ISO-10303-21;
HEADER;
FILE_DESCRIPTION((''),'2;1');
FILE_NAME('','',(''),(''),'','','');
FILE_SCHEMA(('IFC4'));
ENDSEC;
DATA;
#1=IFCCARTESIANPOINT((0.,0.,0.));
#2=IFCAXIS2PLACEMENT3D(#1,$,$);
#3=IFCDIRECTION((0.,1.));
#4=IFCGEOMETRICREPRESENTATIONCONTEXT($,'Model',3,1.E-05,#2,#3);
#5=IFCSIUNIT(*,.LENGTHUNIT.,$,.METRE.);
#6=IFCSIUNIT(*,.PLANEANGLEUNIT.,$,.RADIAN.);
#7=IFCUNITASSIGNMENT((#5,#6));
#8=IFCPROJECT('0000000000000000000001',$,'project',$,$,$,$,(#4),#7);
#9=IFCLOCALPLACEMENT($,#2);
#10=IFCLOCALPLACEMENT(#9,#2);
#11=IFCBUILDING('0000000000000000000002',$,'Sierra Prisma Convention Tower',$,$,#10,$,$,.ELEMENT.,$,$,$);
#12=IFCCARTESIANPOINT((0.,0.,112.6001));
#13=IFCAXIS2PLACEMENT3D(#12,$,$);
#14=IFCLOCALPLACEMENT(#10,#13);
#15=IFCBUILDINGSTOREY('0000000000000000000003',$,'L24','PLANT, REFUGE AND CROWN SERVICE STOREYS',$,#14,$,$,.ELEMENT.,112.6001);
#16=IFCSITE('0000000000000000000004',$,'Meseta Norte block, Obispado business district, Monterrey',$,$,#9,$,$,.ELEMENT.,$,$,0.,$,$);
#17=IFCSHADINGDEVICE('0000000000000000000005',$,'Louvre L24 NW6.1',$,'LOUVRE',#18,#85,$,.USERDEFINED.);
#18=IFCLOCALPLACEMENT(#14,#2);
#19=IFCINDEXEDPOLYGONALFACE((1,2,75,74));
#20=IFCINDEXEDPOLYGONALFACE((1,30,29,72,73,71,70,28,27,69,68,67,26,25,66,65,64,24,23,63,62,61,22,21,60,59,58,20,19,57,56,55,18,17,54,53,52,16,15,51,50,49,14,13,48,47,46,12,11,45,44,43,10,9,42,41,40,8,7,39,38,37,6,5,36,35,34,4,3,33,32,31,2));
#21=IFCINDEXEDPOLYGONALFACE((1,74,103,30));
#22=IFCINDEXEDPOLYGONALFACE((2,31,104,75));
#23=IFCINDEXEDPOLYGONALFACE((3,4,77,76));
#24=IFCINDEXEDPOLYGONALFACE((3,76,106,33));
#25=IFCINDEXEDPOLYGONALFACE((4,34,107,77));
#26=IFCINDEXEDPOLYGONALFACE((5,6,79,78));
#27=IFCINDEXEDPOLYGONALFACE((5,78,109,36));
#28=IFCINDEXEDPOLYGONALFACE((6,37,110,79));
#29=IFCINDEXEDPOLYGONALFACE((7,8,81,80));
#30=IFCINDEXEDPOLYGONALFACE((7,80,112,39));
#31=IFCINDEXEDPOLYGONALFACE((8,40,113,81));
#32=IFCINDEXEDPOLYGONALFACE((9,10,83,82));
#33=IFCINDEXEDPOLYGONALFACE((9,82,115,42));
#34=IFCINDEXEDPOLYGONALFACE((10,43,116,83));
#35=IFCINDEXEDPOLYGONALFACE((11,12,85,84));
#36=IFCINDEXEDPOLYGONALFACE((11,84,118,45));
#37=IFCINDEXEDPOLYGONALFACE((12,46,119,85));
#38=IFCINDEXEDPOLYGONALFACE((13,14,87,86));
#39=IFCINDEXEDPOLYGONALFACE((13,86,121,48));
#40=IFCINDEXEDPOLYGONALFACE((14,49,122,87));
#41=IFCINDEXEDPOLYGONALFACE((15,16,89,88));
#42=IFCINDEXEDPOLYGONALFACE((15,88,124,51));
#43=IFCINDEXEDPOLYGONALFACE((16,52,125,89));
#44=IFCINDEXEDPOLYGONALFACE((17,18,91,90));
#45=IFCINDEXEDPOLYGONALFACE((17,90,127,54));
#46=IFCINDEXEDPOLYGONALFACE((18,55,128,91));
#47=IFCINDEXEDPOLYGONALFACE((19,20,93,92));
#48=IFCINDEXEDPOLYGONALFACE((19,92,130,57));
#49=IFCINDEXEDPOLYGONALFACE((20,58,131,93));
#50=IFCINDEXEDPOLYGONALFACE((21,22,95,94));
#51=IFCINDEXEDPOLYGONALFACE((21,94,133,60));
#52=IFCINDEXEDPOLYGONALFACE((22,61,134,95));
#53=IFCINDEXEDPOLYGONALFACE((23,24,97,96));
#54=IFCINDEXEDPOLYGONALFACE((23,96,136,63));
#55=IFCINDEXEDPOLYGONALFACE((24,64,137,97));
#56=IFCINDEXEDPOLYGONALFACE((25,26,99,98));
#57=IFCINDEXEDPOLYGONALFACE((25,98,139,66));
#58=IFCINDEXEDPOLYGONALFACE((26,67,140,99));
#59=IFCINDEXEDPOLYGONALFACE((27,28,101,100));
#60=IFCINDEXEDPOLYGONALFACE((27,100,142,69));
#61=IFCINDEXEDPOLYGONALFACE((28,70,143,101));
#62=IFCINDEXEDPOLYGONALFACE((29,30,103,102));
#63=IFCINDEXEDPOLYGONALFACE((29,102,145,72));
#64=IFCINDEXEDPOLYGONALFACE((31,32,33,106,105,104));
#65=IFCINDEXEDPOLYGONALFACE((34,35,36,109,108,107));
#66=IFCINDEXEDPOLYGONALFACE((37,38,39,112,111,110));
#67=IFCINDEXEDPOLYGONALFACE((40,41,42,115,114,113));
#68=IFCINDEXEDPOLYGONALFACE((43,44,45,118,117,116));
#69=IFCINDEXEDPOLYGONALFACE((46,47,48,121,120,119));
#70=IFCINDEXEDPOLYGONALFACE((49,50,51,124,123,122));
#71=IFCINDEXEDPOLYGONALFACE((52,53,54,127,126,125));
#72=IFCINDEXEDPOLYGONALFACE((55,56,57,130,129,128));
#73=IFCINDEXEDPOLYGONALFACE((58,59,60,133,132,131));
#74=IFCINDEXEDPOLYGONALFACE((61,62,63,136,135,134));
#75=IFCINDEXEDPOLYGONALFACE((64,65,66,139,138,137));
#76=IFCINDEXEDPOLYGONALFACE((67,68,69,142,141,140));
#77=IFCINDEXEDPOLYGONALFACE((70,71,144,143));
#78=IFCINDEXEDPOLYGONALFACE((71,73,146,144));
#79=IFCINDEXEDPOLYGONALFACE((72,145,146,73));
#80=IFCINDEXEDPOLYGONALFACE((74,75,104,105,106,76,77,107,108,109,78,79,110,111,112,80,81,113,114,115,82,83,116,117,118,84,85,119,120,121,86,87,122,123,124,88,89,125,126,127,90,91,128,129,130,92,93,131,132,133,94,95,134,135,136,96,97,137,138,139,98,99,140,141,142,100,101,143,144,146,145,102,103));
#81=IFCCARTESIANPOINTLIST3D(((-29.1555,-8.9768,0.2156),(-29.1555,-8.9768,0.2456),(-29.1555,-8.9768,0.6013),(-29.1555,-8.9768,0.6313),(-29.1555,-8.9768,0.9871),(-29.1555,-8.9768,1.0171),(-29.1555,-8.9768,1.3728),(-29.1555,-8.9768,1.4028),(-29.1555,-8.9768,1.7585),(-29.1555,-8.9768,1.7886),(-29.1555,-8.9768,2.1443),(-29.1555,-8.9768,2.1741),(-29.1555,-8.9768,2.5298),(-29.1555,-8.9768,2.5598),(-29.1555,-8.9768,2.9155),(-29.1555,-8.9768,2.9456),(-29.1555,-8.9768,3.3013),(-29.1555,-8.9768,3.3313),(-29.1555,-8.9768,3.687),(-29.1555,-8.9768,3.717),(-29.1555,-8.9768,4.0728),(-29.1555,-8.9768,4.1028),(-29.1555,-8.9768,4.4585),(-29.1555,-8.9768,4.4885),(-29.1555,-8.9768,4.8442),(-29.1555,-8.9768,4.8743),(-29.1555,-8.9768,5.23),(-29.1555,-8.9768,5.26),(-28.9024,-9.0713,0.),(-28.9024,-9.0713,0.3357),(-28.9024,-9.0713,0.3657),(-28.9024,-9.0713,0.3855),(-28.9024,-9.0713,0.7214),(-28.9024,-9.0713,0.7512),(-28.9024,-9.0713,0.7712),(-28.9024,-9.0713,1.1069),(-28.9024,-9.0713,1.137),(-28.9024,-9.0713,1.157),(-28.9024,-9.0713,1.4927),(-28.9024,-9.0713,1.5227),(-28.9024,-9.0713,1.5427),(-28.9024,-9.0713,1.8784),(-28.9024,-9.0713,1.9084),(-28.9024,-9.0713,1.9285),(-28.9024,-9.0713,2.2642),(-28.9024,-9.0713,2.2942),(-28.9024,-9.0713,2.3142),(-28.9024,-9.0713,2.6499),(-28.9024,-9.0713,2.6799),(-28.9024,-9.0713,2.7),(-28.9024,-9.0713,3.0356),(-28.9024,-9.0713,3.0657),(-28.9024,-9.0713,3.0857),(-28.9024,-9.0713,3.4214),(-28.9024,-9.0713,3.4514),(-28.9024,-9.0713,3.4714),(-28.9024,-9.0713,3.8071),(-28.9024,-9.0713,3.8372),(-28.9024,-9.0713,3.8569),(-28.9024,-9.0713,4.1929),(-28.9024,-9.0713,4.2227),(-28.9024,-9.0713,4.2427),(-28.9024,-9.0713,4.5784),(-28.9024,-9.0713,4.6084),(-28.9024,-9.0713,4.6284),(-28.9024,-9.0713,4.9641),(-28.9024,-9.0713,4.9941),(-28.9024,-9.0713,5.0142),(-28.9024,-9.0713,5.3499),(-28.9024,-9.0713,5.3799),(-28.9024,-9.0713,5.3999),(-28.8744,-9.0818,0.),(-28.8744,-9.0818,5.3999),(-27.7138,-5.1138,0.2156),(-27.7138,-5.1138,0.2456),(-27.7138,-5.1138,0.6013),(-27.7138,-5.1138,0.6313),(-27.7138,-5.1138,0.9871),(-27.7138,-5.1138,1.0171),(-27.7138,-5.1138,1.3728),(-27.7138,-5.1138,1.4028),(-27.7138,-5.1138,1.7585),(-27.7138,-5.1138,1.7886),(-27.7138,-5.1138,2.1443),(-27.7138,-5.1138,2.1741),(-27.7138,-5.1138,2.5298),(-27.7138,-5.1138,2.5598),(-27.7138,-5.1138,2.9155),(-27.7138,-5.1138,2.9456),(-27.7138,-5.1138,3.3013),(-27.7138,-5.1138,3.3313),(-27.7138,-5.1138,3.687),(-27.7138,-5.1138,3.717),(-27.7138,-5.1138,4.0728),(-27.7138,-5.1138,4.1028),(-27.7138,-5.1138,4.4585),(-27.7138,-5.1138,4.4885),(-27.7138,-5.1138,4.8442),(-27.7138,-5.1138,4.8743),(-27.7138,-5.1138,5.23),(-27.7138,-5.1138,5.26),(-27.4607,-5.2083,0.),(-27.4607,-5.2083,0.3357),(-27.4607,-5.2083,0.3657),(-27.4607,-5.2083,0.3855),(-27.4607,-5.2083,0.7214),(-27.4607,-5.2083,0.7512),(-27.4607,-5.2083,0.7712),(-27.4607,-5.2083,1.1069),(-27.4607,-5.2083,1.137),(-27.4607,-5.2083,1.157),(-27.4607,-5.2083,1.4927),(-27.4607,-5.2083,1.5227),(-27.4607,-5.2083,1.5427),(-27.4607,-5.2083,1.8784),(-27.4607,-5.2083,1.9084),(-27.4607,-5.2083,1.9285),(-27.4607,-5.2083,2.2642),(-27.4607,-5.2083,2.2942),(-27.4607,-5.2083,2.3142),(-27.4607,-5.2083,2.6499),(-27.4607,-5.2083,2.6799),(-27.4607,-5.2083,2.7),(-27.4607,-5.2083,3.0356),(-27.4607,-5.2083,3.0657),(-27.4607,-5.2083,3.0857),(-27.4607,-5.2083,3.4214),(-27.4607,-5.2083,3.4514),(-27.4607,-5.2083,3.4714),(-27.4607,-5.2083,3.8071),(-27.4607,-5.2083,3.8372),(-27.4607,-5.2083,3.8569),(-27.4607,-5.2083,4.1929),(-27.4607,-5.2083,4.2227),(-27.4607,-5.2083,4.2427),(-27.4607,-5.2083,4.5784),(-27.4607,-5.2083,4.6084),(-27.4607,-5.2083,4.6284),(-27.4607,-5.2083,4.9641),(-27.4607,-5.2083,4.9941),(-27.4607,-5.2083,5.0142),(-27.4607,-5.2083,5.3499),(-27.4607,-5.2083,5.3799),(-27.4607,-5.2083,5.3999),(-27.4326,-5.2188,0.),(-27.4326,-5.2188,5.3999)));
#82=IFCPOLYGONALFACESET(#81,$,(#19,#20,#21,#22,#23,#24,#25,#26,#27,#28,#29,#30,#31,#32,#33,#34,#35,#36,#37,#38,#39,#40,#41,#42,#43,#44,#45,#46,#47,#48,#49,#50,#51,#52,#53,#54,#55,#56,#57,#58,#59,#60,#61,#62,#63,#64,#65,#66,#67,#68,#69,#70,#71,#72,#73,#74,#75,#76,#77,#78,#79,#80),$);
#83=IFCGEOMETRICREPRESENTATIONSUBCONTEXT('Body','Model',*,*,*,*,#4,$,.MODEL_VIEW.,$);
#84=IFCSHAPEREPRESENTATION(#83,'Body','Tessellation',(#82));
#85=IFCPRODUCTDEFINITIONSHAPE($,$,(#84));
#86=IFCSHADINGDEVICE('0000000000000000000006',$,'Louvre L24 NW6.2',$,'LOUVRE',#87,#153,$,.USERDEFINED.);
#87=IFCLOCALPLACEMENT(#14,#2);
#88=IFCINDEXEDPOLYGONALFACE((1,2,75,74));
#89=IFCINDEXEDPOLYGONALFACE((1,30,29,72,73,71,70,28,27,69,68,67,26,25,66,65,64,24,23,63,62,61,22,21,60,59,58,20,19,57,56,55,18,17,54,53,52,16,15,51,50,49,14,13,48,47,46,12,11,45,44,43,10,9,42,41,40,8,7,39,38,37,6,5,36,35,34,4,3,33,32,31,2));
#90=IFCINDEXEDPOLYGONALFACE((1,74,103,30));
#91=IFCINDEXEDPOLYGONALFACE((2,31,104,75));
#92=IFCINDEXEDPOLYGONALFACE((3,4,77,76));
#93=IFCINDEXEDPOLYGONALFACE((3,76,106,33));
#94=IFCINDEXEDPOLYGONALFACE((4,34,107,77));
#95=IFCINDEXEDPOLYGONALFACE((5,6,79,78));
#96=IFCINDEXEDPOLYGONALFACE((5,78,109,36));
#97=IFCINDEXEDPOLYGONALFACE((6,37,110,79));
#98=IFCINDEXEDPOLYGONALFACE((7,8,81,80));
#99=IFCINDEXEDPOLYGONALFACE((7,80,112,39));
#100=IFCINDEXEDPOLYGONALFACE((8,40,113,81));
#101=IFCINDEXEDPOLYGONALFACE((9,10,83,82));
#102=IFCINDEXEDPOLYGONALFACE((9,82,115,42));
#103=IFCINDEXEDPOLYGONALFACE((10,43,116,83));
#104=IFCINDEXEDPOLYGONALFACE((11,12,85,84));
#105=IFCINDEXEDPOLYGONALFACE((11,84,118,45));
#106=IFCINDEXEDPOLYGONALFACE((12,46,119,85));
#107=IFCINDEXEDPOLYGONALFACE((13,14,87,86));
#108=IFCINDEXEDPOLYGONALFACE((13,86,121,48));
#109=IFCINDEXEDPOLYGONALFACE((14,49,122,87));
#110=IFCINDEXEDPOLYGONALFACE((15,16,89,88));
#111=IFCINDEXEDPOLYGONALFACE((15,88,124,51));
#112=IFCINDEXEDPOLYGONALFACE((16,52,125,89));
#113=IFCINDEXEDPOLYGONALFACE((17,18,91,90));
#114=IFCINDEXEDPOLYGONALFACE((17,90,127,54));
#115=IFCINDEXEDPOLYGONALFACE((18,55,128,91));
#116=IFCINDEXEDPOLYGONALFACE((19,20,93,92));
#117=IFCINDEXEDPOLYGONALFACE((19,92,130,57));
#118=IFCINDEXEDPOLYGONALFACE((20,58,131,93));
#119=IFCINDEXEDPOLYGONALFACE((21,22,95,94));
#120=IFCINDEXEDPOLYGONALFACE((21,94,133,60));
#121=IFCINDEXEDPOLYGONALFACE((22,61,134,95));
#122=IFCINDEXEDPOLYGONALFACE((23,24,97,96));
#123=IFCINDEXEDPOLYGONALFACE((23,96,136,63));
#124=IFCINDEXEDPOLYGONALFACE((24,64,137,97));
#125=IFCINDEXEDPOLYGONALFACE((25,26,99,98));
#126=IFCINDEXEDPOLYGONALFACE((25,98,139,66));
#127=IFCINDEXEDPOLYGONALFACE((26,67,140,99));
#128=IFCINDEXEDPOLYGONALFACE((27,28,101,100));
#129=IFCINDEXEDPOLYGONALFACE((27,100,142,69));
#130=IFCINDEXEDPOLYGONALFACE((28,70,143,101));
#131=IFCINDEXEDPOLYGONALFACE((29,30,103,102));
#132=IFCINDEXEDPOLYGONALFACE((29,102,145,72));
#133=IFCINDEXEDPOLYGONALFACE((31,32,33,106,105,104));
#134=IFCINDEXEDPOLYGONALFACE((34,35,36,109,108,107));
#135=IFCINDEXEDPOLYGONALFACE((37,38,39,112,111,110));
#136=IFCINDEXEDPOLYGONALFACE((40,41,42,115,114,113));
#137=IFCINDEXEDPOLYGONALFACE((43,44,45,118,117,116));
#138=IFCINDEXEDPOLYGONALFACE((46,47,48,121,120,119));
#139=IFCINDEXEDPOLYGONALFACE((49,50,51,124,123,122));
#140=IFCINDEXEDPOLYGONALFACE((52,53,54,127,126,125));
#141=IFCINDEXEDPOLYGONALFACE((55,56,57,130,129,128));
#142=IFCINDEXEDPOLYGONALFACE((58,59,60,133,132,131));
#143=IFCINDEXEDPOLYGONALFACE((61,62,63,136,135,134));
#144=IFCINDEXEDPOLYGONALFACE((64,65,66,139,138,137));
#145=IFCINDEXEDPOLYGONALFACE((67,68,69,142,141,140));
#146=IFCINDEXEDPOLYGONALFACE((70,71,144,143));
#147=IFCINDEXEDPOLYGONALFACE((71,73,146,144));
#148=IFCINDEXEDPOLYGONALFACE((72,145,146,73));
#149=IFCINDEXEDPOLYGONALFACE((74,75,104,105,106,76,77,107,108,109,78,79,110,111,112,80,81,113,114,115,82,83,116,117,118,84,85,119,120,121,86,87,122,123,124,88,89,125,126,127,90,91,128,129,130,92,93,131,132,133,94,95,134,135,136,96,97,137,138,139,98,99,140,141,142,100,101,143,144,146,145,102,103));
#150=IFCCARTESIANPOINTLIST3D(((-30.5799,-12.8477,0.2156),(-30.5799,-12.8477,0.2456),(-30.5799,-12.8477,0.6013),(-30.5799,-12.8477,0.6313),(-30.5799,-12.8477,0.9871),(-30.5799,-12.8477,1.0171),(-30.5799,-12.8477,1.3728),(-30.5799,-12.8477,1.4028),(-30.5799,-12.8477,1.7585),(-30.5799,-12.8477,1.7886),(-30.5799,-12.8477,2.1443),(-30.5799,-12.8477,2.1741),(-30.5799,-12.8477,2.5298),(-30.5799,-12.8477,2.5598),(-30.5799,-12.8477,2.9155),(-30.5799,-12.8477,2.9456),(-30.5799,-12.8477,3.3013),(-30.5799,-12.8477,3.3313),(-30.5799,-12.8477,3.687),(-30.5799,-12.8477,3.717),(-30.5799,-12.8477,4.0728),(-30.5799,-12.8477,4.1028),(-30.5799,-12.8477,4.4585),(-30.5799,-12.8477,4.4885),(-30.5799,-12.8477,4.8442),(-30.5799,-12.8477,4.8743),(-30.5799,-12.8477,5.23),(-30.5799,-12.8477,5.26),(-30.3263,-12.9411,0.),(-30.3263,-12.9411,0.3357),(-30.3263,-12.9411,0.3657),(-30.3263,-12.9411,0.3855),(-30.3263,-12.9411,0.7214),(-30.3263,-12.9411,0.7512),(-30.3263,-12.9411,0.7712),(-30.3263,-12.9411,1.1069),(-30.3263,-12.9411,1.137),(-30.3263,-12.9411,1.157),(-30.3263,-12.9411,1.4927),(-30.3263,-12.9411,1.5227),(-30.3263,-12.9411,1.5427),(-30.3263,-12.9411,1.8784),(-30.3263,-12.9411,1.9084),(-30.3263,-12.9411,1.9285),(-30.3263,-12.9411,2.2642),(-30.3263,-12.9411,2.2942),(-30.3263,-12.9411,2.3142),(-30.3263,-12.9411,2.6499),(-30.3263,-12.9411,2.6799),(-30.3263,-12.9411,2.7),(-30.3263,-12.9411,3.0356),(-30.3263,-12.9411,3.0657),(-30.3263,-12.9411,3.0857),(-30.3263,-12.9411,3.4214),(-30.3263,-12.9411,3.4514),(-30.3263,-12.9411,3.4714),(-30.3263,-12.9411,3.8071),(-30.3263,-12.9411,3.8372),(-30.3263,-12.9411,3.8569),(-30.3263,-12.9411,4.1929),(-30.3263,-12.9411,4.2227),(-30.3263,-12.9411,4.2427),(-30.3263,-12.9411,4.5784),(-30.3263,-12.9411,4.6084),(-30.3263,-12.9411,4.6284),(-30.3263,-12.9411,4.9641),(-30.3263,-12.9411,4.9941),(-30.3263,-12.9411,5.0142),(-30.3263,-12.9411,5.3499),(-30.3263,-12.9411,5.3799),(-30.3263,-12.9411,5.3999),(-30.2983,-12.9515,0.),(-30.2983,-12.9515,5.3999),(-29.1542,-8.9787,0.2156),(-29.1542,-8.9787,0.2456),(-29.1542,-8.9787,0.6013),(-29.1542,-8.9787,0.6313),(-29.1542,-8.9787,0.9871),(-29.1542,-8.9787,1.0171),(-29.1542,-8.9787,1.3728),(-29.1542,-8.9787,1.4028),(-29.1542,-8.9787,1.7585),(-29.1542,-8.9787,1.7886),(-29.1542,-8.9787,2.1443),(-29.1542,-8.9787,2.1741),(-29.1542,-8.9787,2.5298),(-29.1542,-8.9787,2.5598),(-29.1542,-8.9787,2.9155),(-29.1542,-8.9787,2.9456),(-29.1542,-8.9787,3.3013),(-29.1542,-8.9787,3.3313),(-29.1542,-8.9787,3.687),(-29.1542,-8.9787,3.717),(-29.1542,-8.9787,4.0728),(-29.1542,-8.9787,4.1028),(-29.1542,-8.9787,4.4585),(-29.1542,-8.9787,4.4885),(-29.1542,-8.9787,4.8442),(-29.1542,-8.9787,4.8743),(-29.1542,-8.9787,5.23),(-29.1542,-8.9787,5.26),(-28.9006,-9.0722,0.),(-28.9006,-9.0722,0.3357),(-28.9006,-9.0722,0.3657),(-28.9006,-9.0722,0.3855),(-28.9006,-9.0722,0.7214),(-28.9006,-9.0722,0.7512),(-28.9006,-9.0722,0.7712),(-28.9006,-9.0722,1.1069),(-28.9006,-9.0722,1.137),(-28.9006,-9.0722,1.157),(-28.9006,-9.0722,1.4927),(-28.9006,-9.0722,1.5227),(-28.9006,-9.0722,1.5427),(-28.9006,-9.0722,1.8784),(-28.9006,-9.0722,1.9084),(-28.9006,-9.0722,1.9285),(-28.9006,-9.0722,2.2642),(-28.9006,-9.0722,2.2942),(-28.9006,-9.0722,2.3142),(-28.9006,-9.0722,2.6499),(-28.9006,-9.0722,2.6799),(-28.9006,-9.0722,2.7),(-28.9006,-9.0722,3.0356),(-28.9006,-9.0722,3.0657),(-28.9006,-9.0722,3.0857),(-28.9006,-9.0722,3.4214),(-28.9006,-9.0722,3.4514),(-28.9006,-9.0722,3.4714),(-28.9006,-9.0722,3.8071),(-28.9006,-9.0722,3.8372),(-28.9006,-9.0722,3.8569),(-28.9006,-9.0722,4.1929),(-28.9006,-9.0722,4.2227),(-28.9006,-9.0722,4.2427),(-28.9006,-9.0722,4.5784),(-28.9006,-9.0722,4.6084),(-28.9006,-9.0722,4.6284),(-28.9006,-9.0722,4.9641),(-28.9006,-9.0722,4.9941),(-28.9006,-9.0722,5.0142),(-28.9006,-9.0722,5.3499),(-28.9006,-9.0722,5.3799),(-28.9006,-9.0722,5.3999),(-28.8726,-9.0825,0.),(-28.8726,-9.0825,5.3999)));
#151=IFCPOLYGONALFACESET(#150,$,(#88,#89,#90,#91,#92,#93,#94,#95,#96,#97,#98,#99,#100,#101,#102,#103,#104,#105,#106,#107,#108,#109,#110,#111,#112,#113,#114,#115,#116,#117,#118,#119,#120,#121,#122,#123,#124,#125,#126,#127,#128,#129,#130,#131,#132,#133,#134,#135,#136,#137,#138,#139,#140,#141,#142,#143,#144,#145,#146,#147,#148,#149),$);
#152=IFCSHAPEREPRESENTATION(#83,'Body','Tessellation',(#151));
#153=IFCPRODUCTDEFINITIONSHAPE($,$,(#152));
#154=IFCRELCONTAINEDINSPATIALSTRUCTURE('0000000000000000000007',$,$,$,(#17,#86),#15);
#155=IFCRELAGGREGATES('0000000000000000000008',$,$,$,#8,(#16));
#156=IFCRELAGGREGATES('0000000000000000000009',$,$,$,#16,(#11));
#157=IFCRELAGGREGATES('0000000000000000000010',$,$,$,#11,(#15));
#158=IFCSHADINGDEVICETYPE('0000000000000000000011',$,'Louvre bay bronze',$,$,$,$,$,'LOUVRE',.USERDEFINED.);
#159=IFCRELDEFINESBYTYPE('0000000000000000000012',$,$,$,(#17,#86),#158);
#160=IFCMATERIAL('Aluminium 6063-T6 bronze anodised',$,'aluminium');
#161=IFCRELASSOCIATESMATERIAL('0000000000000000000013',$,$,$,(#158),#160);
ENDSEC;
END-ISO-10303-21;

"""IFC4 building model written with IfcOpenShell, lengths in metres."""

from ifc_helpers import new_model, si_unit, direction, frame, origin, place, context, subcontext, project, spatial, polyline, outline, extrude, material, type_object, element, save


model = new_model("IFC4")

# Units and contexts
model_context = context("Model", 3, precision=1e-05, world=origin(), true_north=direction((0.0, 1.0)))
body_context = subcontext(model_context, "Body", "Model", "MODEL_VIEW")
ifc_project = project(units=[si_unit("LENGTHUNIT", "METRE"), si_unit("PLANEANGLEUNIT", "RADIAN")], contexts=[model_context])

# Site, building, storey
site_placement = place(None, origin())
site = spatial("IfcSite", under=ifc_project, at=site_placement, Name="Meseta Norte block, Obispado business district, Monterrey", CompositionType="ELEMENT", RefElevation=0.0)
building_placement = place(site_placement, origin())
building = spatial("IfcBuilding", under=site, at=building_placement, Name="Sierra Prisma Convention Tower", CompositionType="ELEMENT")
storey_placement = place(building_placement, frame((0.0, 0.0, 112.6001)))
storey = spatial("IfcBuildingStorey", under=building, at=storey_placement, Name="L24", Description="PLANT, REFUGE AND CROWN SERVICE STOREYS", CompositionType="ELEMENT", Elevation=112.6001)

# Shading devices
ifc_material_1 = material(Name="Aluminium 6063-T6 bronze anodised", Category="aluminium")
shading_device_type = type_object("IfcShadingDeviceType", Name="Louvre bay bronze", ElementType="LOUVRE", PredefinedType="USERDEFINED", material=ifc_material_1)
shading_device_1_placement = place(storey_placement, frame((-27.4326, -5.2188, 0.0), z_axis=(0.349659, 0.936877, 0.0), x_axis=(0.0, 0.0, 1.0)))
element("IfcShadingDevice", 1, at=shading_device_1_placement, inside=storey, type_object=shading_device_type, Name="Louvre L24 NW6.1", ObjectType="LOUVRE", PredefinedType="USERDEFINED", context=body_context, shape_type="SweptSolid", body=[
    extrude(outline(polyline([(0.0, 0.0), (5.3999, 0.0), (5.3999, -0.03), (5.3799, -0.03), (5.26, -0.3001), (5.23, -0.3001), (5.3499, -0.03), (5.0142, -0.03), (4.9941, -0.03), (4.8743, -0.3001), (4.8442, -0.3001), (4.9641, -0.03), (4.6284, -0.03), (4.6084, -0.03), (4.4885, -0.3001), (4.4585, -0.3001), (4.5784, -0.03), (4.2427, -0.03), (4.2227, -0.03), (4.1028, -0.3001), (4.0728, -0.3001), (4.1929, -0.03), (3.8569, -0.03), (3.8372, -0.03), (3.717, -0.3001), (3.687, -0.3001), (3.8071, -0.03), (3.4714, -0.03), (3.4514, -0.03), (3.3313, -0.3001), (3.3013, -0.3001), (3.4214, -0.03), (3.0857, -0.03), (3.0657, -0.03), (2.9456, -0.3001), (2.9155, -0.3001), (3.0356, -0.03), (2.7, -0.03), (2.6799, -0.03), (2.5598, -0.3001), (2.5298, -0.3001), (2.6499, -0.03), (2.3142, -0.03), (2.2942, -0.03), (2.1741, -0.3001), (2.1443, -0.3001), (2.2642, -0.03), (1.9285, -0.03), (1.9084, -0.03), (1.7886, -0.3001), (1.7585, -0.3001), (1.8784, -0.03), (1.5427, -0.03), (1.5227, -0.03), (1.4028, -0.3001), (1.3728, -0.3001), (1.4927, -0.03), (1.157, -0.03), (1.137, -0.03), (1.0171, -0.3001), (0.9871, -0.3001), (1.1069, -0.03), (0.7712, -0.03), (0.7512, -0.03), (0.6313, -0.3001), (0.6013, -0.3001), (0.7214, -0.03), (0.3855, -0.03), (0.3657, -0.03), (0.2456, -0.3001), (0.2156, -0.3001), (0.3357, -0.03), (0.0, -0.03), (0.0, 0.0)])), origin(), (0.0, 0.0, -1.0), 4.1233),
])
shading_device_2_placement = place(storey_placement, frame((-28.8726, -9.0825, 0.0), z_axis=(0.345775, 0.938318, 0.0), x_axis=(0.0, 0.0, 1.0)))
element("IfcShadingDevice", 2, at=shading_device_2_placement, inside=storey, type_object=shading_device_type, Name="Louvre L24 NW6.2", ObjectType="LOUVRE", PredefinedType="USERDEFINED", context=body_context, shape_type="SweptSolid", body=[
    extrude(outline(polyline([(0.0, 0.0), (5.3999, 0.0), (5.3999, -0.0299), (5.3799, -0.0299), (5.26, -0.3001), (5.23, -0.3001), (5.3499, -0.0299), (5.0142, -0.0299), (4.9941, -0.0299), (4.8743, -0.3001), (4.8442, -0.3001), (4.9641, -0.0299), (4.6284, -0.0299), (4.6084, -0.0299), (4.4885, -0.3001), (4.4585, -0.3001), (4.5784, -0.0299), (4.2427, -0.0299), (4.2227, -0.0299), (4.1028, -0.3001), (4.0728, -0.3001), (4.1929, -0.0299), (3.8569, -0.0299), (3.8372, -0.0299), (3.717, -0.3001), (3.687, -0.3001), (3.8071, -0.0299), (3.4714, -0.0299), (3.4514, -0.0299), (3.3313, -0.3001), (3.3013, -0.3001), (3.4214, -0.0299), (3.0857, -0.0299), (3.0657, -0.0299), (2.9456, -0.3001), (2.9155, -0.3001), (3.0356, -0.0299), (2.7, -0.0299), (2.6799, -0.0299), (2.5598, -0.3001), (2.5298, -0.3001), (2.6499, -0.0299), (2.3142, -0.0299), (2.2942, -0.0299), (2.1741, -0.3001), (2.1443, -0.3001), (2.2642, -0.0299), (1.9285, -0.0299), (1.9084, -0.0299), (1.7886, -0.3001), (1.7585, -0.3001), (1.8784, -0.0299), (1.5427, -0.0299), (1.5227, -0.0299), (1.4028, -0.3001), (1.3728, -0.3001), (1.4927, -0.0299), (1.157, -0.0299), (1.137, -0.0299), (1.0171, -0.3001), (0.9871, -0.3001), (1.1069, -0.0299), (0.7712, -0.0299), (0.7512, -0.0299), (0.6313, -0.3001), (0.6013, -0.3001), (0.7214, -0.0299), (0.3855, -0.0299), (0.3657, -0.0299), (0.2456, -0.3001), (0.2156, -0.3001), (0.3357, -0.0299), (0.0, -0.0299), (0.0, 0.0)])), origin(), (0.0, 0.0, -1.0), 4.1233),
])

save(model, "model.ifc")
